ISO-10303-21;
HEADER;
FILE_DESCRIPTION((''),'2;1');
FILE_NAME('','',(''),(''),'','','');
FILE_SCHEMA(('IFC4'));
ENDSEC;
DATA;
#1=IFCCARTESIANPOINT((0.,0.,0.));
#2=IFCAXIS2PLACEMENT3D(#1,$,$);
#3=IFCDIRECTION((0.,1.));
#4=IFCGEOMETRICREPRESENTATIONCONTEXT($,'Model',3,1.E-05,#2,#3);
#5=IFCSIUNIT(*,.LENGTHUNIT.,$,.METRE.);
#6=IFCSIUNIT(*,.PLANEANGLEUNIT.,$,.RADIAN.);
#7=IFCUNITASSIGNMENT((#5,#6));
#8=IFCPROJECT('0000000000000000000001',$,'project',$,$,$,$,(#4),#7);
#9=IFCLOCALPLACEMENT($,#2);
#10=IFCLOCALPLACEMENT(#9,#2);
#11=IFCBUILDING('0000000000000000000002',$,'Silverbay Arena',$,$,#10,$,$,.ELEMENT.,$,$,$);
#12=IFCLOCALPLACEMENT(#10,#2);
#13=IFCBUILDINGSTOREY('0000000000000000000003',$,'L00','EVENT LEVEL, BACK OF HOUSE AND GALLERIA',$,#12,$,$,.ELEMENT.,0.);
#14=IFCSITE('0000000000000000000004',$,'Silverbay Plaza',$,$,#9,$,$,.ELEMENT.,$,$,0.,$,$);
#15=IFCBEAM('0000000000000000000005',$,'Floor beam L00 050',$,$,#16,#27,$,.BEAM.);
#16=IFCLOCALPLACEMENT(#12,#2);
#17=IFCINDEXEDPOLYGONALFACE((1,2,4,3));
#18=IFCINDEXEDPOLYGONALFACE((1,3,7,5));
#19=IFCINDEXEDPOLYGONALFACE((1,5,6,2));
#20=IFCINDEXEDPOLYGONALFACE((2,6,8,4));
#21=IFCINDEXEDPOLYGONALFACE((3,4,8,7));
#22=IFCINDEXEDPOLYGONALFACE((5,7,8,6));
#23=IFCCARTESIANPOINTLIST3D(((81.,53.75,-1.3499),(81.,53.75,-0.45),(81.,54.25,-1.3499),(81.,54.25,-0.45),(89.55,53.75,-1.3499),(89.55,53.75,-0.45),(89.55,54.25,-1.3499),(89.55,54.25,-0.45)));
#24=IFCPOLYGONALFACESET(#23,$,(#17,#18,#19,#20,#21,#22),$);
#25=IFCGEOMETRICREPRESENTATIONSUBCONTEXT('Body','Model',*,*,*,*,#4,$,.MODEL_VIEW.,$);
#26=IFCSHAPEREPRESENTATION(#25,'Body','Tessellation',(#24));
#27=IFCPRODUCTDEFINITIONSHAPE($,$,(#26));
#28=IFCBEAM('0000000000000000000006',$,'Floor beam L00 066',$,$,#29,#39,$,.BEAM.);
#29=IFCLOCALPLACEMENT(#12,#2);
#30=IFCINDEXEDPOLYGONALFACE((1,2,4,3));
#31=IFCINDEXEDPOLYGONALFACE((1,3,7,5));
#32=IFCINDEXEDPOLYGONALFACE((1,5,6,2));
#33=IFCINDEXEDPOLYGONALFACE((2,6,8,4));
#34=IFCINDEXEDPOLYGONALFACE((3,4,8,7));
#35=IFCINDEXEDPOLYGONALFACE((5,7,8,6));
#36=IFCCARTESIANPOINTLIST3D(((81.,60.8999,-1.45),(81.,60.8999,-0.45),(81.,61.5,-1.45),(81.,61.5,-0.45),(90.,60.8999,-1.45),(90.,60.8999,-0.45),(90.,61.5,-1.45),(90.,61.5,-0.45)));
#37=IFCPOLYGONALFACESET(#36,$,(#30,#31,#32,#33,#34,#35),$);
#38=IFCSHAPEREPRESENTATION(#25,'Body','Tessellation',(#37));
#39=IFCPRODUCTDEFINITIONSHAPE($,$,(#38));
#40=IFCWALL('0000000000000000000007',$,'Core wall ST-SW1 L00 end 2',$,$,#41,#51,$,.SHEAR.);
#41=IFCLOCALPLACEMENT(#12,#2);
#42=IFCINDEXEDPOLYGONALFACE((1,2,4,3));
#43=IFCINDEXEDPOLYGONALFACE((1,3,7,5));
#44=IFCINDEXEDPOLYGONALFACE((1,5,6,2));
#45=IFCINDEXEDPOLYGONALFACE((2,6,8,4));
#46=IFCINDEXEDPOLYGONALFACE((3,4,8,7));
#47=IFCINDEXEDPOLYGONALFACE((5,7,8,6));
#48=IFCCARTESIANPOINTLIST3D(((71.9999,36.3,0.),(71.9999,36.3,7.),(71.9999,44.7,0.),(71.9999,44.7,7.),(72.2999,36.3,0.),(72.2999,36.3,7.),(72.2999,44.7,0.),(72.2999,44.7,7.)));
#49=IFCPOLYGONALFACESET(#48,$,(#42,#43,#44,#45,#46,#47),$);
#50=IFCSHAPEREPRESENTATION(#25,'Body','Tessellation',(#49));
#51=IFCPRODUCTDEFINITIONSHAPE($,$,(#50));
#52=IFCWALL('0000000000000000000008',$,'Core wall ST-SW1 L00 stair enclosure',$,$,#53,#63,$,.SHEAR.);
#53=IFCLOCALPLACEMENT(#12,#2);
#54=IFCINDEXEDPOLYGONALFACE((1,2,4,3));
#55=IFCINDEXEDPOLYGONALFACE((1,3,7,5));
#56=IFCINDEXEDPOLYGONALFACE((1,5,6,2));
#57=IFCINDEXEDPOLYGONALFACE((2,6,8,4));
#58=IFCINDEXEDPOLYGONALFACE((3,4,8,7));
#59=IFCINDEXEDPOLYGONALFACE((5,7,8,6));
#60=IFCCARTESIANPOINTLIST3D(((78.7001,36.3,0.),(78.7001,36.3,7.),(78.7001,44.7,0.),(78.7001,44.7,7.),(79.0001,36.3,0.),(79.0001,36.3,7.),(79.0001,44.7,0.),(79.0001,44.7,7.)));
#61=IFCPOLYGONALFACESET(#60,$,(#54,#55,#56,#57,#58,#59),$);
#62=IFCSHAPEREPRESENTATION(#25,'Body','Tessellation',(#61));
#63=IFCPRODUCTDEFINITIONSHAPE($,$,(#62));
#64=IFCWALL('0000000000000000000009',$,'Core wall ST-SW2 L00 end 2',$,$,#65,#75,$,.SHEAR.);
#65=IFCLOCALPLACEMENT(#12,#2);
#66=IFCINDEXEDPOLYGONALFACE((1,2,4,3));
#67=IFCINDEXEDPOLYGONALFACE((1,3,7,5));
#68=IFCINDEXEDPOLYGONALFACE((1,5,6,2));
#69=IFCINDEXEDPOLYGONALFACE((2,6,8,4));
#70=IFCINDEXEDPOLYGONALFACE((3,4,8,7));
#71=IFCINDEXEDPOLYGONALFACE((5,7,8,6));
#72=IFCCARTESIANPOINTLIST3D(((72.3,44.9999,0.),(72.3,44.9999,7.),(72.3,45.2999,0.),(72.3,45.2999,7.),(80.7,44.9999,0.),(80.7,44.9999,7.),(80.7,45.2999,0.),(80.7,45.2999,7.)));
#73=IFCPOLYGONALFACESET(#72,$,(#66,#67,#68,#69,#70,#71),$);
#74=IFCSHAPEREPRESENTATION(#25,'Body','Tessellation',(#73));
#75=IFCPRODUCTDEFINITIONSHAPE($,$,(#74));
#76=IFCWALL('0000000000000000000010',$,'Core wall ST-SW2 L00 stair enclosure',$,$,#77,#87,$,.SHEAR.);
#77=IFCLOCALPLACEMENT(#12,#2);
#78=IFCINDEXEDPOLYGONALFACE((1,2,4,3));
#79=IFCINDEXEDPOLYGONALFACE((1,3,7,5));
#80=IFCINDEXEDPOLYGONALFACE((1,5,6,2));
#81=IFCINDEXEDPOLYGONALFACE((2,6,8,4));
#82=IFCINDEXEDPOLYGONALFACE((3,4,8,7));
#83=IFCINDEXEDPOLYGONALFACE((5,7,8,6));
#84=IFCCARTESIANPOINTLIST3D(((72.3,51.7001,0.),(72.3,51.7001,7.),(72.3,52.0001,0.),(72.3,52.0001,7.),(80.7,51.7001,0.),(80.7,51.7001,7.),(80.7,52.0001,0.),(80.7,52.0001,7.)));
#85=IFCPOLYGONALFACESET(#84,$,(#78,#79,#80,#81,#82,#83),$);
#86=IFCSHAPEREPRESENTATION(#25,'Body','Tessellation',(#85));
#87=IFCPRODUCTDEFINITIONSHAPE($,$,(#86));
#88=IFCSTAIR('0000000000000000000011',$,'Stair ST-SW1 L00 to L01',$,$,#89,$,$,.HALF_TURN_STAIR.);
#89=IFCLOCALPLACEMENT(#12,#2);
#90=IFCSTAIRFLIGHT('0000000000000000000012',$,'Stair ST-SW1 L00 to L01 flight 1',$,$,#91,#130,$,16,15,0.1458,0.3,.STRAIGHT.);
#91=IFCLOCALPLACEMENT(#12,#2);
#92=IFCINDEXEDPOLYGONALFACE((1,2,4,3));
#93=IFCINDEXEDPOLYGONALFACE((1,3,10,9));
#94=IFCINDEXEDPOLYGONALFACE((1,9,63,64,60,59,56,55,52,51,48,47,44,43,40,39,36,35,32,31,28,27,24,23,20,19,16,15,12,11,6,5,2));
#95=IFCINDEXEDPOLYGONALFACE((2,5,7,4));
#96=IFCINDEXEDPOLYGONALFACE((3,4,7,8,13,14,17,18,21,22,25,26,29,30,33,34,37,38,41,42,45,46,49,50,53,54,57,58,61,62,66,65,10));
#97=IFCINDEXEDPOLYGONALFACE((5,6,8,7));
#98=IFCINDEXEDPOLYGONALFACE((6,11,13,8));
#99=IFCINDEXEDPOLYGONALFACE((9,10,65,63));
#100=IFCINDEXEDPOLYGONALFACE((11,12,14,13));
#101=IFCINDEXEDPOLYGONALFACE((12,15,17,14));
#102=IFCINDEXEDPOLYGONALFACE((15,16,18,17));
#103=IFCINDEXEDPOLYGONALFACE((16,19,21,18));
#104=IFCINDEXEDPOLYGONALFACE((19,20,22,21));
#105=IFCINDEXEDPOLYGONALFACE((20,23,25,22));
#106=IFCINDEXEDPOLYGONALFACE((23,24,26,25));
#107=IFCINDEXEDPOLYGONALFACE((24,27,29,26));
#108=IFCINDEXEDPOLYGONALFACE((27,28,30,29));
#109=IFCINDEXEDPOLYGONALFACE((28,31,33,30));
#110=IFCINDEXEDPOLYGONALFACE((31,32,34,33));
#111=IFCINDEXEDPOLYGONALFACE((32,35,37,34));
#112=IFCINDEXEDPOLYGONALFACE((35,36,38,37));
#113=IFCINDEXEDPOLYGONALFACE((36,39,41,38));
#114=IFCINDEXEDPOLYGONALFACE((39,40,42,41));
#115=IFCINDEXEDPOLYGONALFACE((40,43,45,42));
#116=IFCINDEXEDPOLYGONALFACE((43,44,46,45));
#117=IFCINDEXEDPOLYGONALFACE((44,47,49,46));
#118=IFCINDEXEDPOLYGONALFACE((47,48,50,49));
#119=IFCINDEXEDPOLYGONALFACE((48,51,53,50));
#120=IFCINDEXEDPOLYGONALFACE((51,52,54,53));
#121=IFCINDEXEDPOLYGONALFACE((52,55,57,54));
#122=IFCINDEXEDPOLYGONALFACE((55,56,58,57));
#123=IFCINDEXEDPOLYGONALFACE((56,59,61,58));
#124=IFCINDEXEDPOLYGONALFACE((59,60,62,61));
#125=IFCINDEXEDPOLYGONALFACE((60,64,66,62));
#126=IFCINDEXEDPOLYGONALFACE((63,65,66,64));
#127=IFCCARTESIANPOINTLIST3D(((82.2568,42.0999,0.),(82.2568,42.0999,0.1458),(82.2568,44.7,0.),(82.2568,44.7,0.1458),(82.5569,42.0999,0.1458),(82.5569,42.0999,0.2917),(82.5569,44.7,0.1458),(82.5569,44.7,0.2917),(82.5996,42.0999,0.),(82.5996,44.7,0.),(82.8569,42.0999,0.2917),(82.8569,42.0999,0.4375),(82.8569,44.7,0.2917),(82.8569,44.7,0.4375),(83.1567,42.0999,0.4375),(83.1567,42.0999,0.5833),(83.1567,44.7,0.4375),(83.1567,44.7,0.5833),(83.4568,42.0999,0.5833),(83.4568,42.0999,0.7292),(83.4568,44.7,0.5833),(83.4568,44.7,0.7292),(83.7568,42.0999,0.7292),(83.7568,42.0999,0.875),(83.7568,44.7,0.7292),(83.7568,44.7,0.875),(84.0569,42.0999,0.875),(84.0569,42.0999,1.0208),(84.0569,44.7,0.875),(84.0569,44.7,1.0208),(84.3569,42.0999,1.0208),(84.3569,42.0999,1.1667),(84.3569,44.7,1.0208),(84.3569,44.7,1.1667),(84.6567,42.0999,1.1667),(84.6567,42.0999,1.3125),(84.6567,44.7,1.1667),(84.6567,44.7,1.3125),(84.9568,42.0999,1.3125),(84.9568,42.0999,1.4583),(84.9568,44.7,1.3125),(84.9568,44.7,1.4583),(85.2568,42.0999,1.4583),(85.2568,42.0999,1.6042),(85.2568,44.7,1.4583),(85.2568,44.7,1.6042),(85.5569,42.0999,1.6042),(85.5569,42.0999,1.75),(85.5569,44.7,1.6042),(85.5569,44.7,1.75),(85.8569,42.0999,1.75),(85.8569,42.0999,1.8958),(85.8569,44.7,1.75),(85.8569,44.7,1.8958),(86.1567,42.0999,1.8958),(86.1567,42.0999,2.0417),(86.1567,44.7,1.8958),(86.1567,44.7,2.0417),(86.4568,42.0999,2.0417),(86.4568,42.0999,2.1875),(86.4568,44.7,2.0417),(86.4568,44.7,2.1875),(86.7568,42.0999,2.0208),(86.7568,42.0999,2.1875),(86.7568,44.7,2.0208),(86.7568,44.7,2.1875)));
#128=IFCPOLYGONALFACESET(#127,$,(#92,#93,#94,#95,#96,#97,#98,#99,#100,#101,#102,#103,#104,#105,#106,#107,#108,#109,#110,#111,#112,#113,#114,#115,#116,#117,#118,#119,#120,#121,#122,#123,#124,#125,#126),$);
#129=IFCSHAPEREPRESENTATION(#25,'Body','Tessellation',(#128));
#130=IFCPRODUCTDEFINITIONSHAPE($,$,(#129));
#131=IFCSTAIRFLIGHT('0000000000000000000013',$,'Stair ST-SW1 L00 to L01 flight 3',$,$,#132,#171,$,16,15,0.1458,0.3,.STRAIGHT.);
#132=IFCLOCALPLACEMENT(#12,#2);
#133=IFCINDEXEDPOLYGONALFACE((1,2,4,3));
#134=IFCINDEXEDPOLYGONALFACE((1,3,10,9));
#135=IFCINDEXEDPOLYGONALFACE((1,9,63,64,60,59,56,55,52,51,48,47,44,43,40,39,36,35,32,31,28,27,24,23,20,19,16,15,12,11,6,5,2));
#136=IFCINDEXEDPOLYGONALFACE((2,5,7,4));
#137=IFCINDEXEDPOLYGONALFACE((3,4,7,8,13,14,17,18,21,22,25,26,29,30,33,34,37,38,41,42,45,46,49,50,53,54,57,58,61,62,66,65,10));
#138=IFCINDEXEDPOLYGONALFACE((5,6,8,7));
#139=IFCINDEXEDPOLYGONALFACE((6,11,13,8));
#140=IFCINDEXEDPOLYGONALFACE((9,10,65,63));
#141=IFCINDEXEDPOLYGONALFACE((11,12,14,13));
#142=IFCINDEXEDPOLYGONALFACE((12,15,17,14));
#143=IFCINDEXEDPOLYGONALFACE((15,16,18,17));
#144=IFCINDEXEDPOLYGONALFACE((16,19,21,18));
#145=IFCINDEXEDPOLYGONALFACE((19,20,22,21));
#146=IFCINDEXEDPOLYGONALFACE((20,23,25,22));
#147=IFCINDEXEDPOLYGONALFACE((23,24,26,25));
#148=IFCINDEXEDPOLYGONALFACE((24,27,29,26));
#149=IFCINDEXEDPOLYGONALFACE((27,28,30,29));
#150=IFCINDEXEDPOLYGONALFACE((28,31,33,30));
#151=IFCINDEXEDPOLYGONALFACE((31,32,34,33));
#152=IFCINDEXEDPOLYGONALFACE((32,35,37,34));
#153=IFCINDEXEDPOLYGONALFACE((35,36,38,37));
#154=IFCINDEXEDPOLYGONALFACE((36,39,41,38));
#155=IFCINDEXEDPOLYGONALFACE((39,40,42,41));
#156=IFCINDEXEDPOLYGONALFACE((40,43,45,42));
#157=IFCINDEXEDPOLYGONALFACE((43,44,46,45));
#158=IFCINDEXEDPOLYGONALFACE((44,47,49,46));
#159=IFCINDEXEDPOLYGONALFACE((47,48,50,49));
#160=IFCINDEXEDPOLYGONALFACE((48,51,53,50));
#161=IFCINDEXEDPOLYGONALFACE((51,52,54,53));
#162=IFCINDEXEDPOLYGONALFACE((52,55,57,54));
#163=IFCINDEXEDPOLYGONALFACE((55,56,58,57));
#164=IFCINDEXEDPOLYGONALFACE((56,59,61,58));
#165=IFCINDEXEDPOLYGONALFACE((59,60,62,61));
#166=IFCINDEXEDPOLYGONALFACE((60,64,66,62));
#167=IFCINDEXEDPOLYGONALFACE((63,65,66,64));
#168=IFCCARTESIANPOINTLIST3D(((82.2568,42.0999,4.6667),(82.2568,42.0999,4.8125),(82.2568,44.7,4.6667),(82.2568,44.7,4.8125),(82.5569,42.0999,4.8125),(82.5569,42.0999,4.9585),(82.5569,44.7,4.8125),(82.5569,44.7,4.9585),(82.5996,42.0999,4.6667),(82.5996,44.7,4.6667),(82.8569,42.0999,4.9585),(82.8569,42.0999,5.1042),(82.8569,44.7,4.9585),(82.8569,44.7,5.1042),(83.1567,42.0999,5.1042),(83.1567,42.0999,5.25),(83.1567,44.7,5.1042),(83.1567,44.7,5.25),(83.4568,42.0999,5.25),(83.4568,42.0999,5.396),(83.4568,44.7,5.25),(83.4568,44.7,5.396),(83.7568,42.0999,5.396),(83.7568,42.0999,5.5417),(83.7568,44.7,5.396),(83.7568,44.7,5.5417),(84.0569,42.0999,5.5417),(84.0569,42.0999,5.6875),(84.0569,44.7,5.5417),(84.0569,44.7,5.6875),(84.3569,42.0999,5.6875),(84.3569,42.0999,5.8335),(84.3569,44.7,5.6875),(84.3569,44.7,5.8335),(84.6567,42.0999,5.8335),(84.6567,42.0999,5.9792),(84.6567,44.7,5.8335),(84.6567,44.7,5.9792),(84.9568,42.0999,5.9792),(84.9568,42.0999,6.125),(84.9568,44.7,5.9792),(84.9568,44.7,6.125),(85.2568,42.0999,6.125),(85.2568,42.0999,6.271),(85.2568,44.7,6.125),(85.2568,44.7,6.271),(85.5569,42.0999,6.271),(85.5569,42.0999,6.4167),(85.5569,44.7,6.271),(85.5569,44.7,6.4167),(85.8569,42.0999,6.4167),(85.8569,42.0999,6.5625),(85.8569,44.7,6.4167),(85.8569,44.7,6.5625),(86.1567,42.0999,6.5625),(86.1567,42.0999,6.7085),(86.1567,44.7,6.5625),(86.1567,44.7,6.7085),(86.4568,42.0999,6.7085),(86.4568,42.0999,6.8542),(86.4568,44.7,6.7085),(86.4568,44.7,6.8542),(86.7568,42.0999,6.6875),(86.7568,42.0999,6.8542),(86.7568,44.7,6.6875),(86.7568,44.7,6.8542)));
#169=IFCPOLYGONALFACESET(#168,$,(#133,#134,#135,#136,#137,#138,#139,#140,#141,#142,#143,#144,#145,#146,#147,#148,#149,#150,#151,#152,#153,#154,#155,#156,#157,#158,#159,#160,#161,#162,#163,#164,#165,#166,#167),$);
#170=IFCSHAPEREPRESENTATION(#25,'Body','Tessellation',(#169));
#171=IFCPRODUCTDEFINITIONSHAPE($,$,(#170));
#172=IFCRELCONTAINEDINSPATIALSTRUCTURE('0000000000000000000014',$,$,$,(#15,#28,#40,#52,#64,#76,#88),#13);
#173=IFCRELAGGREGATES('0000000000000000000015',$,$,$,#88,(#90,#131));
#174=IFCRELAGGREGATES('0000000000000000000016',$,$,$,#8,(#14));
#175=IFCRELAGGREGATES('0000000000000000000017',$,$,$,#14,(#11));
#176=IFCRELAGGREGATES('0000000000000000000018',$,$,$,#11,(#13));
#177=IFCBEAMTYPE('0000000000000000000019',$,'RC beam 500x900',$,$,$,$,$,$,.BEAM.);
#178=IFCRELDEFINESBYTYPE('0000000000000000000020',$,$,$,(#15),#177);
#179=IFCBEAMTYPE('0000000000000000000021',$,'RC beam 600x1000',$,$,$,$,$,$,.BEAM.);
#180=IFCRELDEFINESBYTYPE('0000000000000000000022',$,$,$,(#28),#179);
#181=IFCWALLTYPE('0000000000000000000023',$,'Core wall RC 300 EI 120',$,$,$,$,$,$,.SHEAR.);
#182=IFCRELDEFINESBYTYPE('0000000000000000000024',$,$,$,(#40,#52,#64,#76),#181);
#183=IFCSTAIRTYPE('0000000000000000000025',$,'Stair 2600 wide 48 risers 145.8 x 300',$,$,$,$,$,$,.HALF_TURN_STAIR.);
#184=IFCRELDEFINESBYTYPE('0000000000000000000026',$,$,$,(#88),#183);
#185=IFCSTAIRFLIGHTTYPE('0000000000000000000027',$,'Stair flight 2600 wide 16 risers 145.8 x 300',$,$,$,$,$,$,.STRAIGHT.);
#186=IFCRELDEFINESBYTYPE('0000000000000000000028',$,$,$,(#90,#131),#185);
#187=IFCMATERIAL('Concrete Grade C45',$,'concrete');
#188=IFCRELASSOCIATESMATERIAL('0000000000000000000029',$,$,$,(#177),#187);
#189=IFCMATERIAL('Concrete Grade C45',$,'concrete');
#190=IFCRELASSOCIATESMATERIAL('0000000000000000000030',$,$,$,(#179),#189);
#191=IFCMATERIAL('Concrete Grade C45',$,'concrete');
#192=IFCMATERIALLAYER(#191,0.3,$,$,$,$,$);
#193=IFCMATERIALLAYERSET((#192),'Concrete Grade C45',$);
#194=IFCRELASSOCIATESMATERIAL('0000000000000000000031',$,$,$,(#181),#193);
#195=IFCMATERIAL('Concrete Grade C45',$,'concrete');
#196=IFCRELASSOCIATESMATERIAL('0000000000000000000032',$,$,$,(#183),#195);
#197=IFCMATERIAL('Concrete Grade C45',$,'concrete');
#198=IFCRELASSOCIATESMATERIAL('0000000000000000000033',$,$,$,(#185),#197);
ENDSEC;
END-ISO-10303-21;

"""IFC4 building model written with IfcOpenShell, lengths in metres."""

from ifc_helpers import new_model, si_unit, direction, frame, frame_2d, origin, origin_2d, place, context, subcontext, project, spatial, polyline, rectangle, outline, extrude, material, layer, layer_set, material_profile, profile_set, type_object, element, aggregate, save


model = new_model("IFC4")

# Units and contexts
model_context = context("Model", 3, precision=1e-05, world=origin(), true_north=direction((0.0, 1.0)))
body_context = subcontext(model_context, "Body", "Model", "MODEL_VIEW")
ifc_project = project(units=[si_unit("LENGTHUNIT", "METRE"), si_unit("PLANEANGLEUNIT", "RADIAN")], contexts=[model_context])

# Site, building, storey
site_placement = place(None, origin())
site = spatial("IfcSite", under=ifc_project, at=site_placement, Name="Silverbay Plaza", CompositionType="ELEMENT", RefElevation=0.0)
building_placement = place(site_placement, origin())
building = spatial("IfcBuilding", under=site, at=building_placement, Name="Silverbay Arena", CompositionType="ELEMENT")
storey_placement = place(building_placement, origin())
storey = spatial("IfcBuildingStorey", under=building, at=storey_placement, Name="L00", Description="EVENT LEVEL, BACK OF HOUSE AND GALLERIA", CompositionType="ELEMENT", Elevation=0.0)

# Beams
ifc_material_1 = material(Name="Concrete Grade C45", Category="concrete")
ifc_material_profile_1 = material_profile(ifc_material_1, rectangle(XDim=0.5, YDim=0.8999, at=origin_2d()), Name="RC 500x900")
ifc_profile_set_1 = profile_set([ifc_material_profile_1], Name="Concrete Grade C45")
beam_type_1 = type_object("IfcBeamType", Name="RC beam 500x900", PredefinedType="BEAM", material=ifc_profile_set_1)
beam_1_placement = place(storey_placement, frame((81.0, 54.0, -0.8999), z_axis=(1.0, 0.0, 0.0), x_axis=(0.0, 1.0, 0.0)))
element("IfcBeam", 1, at=beam_1_placement, inside=storey, type_object=beam_type_1, Name="Floor beam L00 050", PredefinedType="BEAM", context=body_context, shape_type="SweptSolid", body=[
    extrude(rectangle(XDim=0.5, YDim=0.8999, at=origin_2d()), origin(), (0.0, 0.0, 1.0), 8.55),
])
ifc_material_2 = material(Name="Concrete Grade C45", Category="concrete")
ifc_material_profile_2 = material_profile(ifc_material_2, rectangle(XDim=0.6001, YDim=1.0, at=origin_2d()), Name="RC 600x1000")
ifc_profile_set_2 = profile_set([ifc_material_profile_2], Name="Concrete Grade C45")
beam_type_2 = type_object("IfcBeamType", Name="RC beam 600x1000", PredefinedType="BEAM", material=ifc_profile_set_2)
beam_2_placement = place(storey_placement, frame((81.0, 61.2, -0.95), z_axis=(1.0, 0.0, 0.0), x_axis=(0.0, 1.0, 0.0)))
element("IfcBeam", 2, at=beam_2_placement, inside=storey, type_object=beam_type_2, Name="Floor beam L00 066", PredefinedType="BEAM", context=body_context, shape_type="SweptSolid", body=[
    extrude(rectangle(XDim=0.6001, YDim=1.0, at=origin_2d()), origin(), (0.0, 0.0, 1.0), 9.0),
])

# Walls
ifc_material_3 = material(Name="Concrete Grade C45", Category="concrete")
ifc_layer = layer(ifc_material_3, 0.3)
ifc_layer_set = layer_set([ifc_layer], Name="Concrete Grade C45")
wall_type = type_object("IfcWallType", Name="Core wall RC 300 EI 120", PredefinedType="SHEAR", material=ifc_layer_set)
for number, where, z_axis, x_axis, name in (
    (3, (72.1499, 44.7, 0.0), (0.0, 0.0, 1.0), (0.0, -1.0, 0.0), "Core wall ST-SW1 L00 end 2"),
    (4, (78.8501, 44.7, 0.0), (0.0, 0.0, 1.0), (0.0, -1.0, 0.0), "Core wall ST-SW1 L00 stair enclosure"),
    (5, (80.7, 45.1499, 0.0), (0.0, 0.0, 1.0), (-1.0, 0.0, 0.0), "Core wall ST-SW2 L00 end 2"),
    (6, (80.7, 51.8501, 0.0), (0.0, 0.0, 1.0), (-1.0, 0.0, 0.0), "Core wall ST-SW2 L00 stair enclosure"),
):
    element("IfcWall", number, at=place(storey_placement, frame(where, z_axis=z_axis, x_axis=x_axis)), inside=storey, type_object=wall_type, Name=name, PredefinedType="SHEAR", context=body_context, shape_type="SweptSolid", body=[
        extrude(rectangle(XDim=8.3999, YDim=0.3, at=frame_2d((4.2, 0.0))), origin(), (0.0, 0.0, 1.0), 7.0),
    ])

# Stair, stair flights
ifc_material_4 = material(Name="Concrete Grade C45", Category="concrete")
stair_type = type_object("IfcStairType", Name="Stair 2600 wide 48 risers 145.8 x 300", PredefinedType="HALF_TURN_STAIR", material=ifc_material_4)
stair_1_placement = place(storey_placement, origin())
stair_1 = element("IfcStair", 7, at=stair_1_placement, inside=storey, type_object=stair_type, Name="Stair ST-SW1 L00 to L01", PredefinedType="HALF_TURN_STAIR")
ifc_material_5 = material(Name="Concrete Grade C45", Category="concrete")
stair_flight_type = type_object("IfcStairFlightType", Name="Stair flight 2600 wide 16 risers 145.8 x 300", PredefinedType="STRAIGHT", material=ifc_material_5)
stair_flight_1_placement = place(storey_placement, frame((82.2568, 43.3999, 0.0), z_axis=(0.0, 0.0, 1.0), x_axis=(1.0, 0.0, 0.0)))
stair_flight_1 = element("IfcStairFlight", 8, at=stair_flight_1_placement, type_object=stair_flight_type, Name="Stair ST-SW1 L00 to L01 flight 1", NumberOfRisers=16, NumberOfTreads=15, PredefinedType="STRAIGHT", RiserHeight=0.1458, TreadLength=0.3, context=body_context, shape_type="SweptSolid", body=[
    extrude(outline(polyline([(0.0, 0.0), (0.0, 0.1458), (0.3, 0.1458), (0.3, 0.2917), (0.6001, 0.2917), (0.6001, 0.4375), (0.8999, 0.4375), (0.8999, 0.5833), (1.2, 0.5833), (1.2, 0.7292), (1.5, 0.7292), (1.5, 0.875), (1.8, 0.875), (1.8, 1.0208), (2.1001, 1.0208), (2.1001, 1.1667), (2.3999, 1.1667), (2.3999, 1.3125), (2.7, 1.3125), (2.7, 1.4583), (3.0, 1.4583), (3.0, 1.6042), (3.3, 1.6042), (3.3, 1.75), (3.6001, 1.75), (3.6001, 1.8958), (3.8999, 1.8958), (3.8999, 2.0417), (4.2, 2.0417), (4.2, 2.1875), (4.5, 2.1875), (4.5, 2.0208), (0.3428, 0.0), (0.0, 0.0)])), frame((0.0, 1.3, 0.0), z_axis=(0.0, -1.0, 0.0), x_axis=(1.0, 0.0, 0.0)), (0.0, 0.0, 1.0), 2.6001),
])
stair_flight_2_placement = place(storey_placement, frame((82.2568, 43.3999, 4.6667), z_axis=(0.0, 0.0, 1.0), x_axis=(1.0, 0.0, 0.0)))
stair_flight_2 = element("IfcStairFlight", 9, at=stair_flight_2_placement, type_object=stair_flight_type, Name="Stair ST-SW1 L00 to L01 flight 3", NumberOfRisers=16, NumberOfTreads=15, PredefinedType="STRAIGHT", RiserHeight=0.1458, TreadLength=0.3, context=body_context, shape_type="SweptSolid", body=[
    extrude(outline(polyline([(0.0, 0.0), (0.0, 0.1458), (0.3, 0.1458), (0.3, 0.2917), (0.6001, 0.2917), (0.6001, 0.4375), (0.8999, 0.4375), (0.8999, 0.5833), (1.2, 0.5833), (1.2, 0.7292), (1.5, 0.7292), (1.5, 0.875), (1.8, 0.875), (1.8, 1.0208), (2.1001, 1.0208), (2.1001, 1.1667), (2.3999, 1.1667), (2.3999, 1.3125), (2.7, 1.3125), (2.7, 1.4583), (3.0, 1.4583), (3.0, 1.6042), (3.3, 1.6042), (3.3, 1.75), (3.6001, 1.75), (3.6001, 1.8958), (3.8999, 1.8958), (3.8999, 2.0417), (4.2, 2.0417), (4.2, 2.1875), (4.5, 2.1875), (4.5, 2.0208), (0.3428, 0.0), (0.0, 0.0)])), frame((0.0, 1.3, 0.0), z_axis=(0.0, -1.0, 0.0), x_axis=(1.0, 0.0, 0.0)), (0.0, 0.0, 1.0), 2.6001),
])
aggregate(stair_1, [stair_flight_1, stair_flight_2])

save(model, "model.ifc")
